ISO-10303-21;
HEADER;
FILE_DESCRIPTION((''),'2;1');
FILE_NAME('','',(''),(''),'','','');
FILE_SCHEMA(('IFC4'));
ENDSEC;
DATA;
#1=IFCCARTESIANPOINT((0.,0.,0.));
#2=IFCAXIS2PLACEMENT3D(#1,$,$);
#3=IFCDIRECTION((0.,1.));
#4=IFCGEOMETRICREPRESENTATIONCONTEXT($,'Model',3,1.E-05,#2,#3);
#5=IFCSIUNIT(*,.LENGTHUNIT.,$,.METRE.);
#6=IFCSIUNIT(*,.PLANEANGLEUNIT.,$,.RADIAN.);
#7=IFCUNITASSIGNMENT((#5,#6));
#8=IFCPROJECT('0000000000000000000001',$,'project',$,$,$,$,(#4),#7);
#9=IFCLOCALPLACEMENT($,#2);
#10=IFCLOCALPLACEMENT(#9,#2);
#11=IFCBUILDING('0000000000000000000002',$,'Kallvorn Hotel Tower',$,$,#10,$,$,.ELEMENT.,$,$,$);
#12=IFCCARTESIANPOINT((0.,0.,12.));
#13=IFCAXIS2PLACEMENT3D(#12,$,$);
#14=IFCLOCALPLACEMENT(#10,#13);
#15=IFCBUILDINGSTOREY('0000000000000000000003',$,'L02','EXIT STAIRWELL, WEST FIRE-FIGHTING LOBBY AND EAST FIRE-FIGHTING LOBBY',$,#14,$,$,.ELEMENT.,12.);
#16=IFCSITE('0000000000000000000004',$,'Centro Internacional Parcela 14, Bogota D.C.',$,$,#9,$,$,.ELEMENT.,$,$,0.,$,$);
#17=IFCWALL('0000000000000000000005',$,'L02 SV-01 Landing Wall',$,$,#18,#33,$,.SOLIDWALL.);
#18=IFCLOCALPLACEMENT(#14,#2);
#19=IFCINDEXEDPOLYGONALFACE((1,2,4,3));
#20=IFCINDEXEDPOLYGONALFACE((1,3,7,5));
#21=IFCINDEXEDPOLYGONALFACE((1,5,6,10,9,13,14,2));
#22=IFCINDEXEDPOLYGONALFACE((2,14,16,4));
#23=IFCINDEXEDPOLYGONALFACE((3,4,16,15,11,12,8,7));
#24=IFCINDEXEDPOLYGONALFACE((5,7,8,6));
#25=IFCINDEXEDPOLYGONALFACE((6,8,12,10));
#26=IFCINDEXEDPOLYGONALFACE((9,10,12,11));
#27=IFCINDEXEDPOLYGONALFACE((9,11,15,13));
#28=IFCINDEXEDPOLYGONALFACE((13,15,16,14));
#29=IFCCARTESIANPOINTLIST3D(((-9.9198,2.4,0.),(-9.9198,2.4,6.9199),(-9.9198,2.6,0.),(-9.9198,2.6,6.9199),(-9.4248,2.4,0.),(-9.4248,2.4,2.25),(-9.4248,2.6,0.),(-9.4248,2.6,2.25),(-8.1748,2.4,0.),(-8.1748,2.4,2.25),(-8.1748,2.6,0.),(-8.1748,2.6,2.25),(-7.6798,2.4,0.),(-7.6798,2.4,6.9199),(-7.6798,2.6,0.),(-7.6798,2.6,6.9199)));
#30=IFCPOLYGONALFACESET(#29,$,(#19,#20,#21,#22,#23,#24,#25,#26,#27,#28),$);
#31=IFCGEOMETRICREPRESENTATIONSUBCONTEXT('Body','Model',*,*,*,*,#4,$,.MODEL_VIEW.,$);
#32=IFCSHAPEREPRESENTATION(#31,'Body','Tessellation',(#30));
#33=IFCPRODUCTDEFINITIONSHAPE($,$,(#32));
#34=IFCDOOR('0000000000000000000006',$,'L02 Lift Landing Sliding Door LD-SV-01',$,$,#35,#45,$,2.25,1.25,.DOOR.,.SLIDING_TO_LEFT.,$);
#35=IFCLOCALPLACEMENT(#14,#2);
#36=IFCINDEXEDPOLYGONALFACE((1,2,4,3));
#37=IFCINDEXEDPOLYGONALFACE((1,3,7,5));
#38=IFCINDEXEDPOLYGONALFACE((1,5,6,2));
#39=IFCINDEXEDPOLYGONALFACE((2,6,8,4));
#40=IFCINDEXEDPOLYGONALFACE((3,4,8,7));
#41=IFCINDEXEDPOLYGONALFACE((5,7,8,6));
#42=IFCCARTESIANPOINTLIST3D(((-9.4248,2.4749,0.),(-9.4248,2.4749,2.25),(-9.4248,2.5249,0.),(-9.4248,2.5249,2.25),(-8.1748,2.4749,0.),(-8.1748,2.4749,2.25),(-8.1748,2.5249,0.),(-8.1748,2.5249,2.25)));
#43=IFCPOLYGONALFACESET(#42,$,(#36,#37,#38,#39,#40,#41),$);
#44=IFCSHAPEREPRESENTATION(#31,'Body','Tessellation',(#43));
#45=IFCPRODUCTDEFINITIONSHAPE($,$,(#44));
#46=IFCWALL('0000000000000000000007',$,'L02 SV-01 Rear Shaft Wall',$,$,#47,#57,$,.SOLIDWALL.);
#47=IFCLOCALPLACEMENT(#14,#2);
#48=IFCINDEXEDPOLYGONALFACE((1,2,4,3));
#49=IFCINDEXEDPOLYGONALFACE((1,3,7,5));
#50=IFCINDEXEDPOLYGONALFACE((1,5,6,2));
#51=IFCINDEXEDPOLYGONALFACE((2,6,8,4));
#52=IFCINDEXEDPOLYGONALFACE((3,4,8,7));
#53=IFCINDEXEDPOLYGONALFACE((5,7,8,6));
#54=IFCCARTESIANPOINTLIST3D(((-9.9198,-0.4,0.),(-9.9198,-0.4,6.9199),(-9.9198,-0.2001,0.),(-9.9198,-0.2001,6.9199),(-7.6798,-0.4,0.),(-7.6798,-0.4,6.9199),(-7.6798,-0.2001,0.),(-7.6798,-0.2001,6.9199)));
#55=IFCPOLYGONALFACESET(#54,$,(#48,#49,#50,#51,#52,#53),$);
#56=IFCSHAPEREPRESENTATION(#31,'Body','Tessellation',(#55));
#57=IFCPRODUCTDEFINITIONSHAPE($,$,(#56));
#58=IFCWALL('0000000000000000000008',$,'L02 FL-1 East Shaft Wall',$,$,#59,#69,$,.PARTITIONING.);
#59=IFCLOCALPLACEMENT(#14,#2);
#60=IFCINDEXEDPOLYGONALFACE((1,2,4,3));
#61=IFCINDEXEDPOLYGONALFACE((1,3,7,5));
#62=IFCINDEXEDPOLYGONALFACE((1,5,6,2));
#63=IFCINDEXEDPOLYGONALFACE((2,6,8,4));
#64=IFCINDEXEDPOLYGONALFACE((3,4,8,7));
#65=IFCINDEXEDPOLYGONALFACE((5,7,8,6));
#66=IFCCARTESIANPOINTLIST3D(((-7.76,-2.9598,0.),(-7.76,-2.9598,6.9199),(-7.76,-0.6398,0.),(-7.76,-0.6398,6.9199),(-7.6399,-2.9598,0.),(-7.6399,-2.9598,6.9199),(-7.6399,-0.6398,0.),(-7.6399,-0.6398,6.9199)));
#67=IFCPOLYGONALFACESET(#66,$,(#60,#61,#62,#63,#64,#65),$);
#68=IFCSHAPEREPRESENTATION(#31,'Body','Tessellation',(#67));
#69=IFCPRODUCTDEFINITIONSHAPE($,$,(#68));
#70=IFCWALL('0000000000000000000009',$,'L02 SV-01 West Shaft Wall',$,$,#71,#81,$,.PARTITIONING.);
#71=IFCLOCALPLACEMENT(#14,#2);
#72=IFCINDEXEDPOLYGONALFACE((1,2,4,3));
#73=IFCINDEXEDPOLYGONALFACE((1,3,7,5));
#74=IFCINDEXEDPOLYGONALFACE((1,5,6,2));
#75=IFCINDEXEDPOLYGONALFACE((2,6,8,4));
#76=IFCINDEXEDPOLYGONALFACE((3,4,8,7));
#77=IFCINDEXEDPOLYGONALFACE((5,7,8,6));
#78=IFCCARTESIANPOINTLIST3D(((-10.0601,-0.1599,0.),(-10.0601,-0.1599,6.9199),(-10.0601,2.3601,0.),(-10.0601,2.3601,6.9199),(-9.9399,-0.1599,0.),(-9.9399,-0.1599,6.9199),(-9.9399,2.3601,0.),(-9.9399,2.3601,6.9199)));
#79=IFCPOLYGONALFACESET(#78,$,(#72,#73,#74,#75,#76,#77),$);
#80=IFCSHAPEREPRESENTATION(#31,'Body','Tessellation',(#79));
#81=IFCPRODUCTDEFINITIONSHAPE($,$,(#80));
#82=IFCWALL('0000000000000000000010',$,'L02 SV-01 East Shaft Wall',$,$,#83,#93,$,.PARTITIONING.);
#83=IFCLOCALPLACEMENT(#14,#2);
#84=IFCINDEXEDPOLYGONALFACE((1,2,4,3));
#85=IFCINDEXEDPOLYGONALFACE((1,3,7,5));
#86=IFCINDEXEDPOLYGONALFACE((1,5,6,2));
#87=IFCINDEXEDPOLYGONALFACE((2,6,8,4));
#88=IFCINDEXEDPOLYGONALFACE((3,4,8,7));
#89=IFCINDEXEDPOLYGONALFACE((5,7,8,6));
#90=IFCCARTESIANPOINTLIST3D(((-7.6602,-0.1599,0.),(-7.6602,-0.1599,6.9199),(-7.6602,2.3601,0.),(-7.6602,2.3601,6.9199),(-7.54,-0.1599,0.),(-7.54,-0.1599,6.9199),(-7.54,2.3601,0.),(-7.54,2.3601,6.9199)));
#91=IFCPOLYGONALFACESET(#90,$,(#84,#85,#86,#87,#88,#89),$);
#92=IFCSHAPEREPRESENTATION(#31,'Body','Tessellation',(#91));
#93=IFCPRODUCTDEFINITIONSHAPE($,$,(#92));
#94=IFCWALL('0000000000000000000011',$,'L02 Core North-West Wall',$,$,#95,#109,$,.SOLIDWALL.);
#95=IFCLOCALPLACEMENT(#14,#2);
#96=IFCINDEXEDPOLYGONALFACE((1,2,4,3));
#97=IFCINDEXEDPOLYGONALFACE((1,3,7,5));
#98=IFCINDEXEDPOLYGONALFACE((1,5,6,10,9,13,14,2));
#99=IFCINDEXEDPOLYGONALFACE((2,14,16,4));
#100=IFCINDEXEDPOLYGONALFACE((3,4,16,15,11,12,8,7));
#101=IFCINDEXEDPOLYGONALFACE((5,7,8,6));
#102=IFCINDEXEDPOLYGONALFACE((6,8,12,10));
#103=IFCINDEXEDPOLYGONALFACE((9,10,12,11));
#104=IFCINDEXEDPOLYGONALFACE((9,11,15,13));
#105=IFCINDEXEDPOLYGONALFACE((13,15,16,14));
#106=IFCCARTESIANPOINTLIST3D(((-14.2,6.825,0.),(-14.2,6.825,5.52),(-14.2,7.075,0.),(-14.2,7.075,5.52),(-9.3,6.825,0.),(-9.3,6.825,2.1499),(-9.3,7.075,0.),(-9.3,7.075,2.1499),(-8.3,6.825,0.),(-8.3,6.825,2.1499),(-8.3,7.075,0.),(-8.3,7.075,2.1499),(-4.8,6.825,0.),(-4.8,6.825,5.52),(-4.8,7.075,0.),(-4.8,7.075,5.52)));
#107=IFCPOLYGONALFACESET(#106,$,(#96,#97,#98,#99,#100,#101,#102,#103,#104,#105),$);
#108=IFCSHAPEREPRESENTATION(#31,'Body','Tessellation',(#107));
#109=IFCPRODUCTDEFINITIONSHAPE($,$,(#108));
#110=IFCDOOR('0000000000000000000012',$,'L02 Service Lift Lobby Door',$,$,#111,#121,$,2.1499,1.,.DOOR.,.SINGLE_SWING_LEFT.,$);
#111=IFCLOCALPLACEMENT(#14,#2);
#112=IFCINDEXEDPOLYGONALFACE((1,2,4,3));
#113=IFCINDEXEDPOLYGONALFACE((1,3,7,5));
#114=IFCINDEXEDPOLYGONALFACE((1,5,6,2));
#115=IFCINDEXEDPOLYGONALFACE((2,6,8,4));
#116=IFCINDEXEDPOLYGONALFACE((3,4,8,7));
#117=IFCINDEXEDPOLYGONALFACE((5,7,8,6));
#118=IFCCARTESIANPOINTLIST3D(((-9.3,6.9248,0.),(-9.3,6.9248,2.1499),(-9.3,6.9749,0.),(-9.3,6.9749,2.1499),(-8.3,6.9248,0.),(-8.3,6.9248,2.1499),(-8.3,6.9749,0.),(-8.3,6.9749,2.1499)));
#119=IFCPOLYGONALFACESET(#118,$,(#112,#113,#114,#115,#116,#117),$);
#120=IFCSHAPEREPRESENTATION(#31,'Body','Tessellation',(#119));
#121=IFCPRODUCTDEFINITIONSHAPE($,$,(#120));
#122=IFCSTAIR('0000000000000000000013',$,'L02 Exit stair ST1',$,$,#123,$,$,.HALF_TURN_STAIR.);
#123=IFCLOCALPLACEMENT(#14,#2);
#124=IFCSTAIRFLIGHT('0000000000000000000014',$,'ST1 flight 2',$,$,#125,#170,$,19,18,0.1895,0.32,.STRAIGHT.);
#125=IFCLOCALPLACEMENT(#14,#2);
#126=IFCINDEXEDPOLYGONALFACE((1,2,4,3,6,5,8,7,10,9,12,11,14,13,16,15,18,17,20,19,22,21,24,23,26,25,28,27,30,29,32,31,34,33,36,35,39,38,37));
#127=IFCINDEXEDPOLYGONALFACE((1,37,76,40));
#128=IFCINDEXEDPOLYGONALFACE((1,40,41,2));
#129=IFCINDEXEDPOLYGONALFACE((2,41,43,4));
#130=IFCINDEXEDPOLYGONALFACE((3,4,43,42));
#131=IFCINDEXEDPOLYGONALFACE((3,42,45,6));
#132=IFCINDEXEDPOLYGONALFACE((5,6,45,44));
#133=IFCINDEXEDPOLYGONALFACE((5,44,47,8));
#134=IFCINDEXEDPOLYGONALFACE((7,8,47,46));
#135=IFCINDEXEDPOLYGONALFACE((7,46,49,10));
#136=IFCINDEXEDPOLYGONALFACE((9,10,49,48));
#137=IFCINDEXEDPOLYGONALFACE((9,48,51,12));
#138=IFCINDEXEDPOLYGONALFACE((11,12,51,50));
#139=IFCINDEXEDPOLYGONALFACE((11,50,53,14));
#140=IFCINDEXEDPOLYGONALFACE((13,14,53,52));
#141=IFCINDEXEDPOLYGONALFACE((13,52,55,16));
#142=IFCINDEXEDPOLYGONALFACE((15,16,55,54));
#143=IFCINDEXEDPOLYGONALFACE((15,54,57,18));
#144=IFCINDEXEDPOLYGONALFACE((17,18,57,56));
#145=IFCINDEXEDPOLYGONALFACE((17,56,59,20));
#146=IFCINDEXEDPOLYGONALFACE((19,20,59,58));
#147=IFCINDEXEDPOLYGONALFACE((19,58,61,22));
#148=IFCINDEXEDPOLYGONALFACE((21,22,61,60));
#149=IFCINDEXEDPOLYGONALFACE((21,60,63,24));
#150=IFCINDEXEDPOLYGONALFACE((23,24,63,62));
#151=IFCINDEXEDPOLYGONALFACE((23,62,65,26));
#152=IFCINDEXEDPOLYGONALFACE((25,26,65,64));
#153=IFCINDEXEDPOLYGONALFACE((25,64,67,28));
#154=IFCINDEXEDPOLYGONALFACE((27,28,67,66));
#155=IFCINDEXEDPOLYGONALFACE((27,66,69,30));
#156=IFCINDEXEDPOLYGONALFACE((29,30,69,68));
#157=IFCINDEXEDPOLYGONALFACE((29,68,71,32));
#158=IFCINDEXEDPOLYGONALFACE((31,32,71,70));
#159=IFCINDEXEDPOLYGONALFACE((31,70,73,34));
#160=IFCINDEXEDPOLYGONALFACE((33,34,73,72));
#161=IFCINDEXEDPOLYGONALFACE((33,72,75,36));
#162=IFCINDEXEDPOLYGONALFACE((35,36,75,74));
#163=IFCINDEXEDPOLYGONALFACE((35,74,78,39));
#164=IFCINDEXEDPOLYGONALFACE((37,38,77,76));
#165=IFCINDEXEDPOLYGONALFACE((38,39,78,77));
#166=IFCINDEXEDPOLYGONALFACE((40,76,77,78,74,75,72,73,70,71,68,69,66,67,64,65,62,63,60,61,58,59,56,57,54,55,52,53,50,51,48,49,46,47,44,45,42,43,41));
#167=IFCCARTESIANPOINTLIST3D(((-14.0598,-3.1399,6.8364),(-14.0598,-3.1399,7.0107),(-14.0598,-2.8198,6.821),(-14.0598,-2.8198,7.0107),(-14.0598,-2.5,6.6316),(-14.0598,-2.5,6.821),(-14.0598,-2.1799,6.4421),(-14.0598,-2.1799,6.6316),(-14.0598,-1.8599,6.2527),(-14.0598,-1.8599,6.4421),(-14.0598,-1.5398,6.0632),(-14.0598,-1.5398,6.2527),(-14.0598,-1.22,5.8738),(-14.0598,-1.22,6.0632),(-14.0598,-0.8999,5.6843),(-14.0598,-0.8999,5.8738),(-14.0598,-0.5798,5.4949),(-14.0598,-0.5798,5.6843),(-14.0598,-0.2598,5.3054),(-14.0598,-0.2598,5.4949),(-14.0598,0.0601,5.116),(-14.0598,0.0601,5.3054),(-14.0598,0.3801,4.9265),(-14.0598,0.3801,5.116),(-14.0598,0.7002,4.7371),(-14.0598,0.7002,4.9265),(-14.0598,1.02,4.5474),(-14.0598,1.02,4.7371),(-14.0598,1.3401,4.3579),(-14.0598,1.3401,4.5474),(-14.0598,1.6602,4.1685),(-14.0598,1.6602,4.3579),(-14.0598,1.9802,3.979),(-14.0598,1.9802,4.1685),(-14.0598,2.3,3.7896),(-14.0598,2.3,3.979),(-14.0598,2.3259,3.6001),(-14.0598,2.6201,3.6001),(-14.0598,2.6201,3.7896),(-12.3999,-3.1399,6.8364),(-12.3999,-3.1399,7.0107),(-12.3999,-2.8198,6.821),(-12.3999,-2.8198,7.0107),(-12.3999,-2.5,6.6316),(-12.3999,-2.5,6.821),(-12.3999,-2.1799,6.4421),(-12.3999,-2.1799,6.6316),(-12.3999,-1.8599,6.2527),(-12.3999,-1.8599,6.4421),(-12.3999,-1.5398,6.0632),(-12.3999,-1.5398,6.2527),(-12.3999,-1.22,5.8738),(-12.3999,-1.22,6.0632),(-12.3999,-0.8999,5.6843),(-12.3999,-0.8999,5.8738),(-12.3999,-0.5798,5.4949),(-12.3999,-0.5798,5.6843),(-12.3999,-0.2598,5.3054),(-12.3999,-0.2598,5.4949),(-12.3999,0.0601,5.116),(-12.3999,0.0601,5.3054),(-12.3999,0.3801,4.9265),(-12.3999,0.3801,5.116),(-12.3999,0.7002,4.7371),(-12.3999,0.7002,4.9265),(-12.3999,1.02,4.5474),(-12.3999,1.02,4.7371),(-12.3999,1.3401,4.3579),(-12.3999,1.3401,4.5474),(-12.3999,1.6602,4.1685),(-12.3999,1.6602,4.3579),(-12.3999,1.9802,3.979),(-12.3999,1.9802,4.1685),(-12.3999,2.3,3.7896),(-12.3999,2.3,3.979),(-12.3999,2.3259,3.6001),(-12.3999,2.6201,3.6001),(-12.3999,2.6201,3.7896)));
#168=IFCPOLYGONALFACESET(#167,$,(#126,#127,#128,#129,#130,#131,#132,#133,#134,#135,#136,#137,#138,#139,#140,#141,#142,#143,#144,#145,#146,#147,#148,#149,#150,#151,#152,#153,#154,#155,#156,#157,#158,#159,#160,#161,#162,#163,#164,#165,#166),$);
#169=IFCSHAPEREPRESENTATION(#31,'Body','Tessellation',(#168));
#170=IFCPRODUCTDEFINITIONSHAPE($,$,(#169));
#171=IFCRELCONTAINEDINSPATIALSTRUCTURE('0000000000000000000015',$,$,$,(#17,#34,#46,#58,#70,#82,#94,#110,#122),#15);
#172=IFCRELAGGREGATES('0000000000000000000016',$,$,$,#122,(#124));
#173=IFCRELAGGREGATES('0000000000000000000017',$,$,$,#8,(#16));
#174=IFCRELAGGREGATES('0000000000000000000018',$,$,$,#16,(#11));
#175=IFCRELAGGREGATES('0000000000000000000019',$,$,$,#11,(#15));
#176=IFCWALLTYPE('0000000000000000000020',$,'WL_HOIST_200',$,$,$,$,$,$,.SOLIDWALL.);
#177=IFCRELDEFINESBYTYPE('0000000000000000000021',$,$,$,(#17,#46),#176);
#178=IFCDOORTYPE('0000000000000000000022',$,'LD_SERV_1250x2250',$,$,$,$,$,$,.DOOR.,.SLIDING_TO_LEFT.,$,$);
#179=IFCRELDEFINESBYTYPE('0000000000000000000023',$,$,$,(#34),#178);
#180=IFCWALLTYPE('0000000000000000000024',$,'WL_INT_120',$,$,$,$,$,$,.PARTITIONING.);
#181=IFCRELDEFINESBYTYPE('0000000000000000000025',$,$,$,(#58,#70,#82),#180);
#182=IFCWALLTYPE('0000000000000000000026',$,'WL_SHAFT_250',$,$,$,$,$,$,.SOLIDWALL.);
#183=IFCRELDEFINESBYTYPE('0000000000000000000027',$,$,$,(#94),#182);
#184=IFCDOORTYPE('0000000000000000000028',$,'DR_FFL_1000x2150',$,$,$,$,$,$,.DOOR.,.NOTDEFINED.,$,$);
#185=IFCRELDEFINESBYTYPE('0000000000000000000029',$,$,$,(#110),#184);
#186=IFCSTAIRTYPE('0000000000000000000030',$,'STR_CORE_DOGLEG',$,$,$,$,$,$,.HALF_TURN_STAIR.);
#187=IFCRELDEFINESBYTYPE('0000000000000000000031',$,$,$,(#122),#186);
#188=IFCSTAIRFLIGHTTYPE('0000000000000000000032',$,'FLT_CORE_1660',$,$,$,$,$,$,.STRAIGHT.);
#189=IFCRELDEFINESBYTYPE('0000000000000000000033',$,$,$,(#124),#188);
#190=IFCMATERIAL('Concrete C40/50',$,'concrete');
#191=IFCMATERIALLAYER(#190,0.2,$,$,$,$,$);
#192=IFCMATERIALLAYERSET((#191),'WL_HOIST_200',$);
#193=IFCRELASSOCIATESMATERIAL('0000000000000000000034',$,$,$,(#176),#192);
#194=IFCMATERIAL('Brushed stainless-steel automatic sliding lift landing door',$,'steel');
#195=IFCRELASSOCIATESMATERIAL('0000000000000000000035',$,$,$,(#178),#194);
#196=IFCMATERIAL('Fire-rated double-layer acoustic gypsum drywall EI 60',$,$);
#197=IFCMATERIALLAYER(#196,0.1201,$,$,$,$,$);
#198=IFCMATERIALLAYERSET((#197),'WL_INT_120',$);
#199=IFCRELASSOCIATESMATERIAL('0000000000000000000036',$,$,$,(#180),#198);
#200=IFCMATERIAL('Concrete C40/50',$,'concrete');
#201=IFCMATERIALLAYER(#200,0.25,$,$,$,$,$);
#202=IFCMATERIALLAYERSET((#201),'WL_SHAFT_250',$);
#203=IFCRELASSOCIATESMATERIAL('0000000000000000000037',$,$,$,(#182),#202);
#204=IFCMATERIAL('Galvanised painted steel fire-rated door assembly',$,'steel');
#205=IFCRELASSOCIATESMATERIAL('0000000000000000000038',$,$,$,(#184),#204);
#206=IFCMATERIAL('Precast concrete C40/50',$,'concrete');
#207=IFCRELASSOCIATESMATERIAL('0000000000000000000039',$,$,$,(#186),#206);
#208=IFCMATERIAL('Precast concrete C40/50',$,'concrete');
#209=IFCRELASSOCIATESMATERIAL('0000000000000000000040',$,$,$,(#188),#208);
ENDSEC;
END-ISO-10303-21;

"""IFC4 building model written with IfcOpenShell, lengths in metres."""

from ifc_helpers import new_model, si_unit, direction, frame, frame_2d, origin, place, context, subcontext, project, spatial, polyline, rectangle, outline, extrude, material, layer, layer_set, type_object, element, fill, aggregate, save


model = new_model("IFC4")

# Units and contexts
model_context = context("Model", 3, precision=1e-05, world=origin(), true_north=direction((0.0, 1.0)))
body_context = subcontext(model_context, "Body", "Model", "MODEL_VIEW")
ifc_project = project(units=[si_unit("LENGTHUNIT", "METRE"), si_unit("PLANEANGLEUNIT", "RADIAN")], contexts=[model_context])

# Site, building, storey
site_placement = place(None, origin())
site = spatial("IfcSite", under=ifc_project, at=site_placement, Name="Centro Internacional Parcela 14, Bogota D.C.", CompositionType="ELEMENT", RefElevation=0.0)
building_placement = place(site_placement, origin())
building = spatial("IfcBuilding", under=site, at=building_placement, Name="Kallvorn Hotel Tower", CompositionType="ELEMENT")
storey_placement = place(building_placement, frame((0.0, 0.0, 12.0)))
storey = spatial("IfcBuildingStorey", under=building, at=storey_placement, Name="L02", Description="EXIT STAIRWELL, WEST FIRE-FIGHTING LOBBY AND EAST FIRE-FIGHTING LOBBY", CompositionType="ELEMENT", Elevation=12.0)

# Shared definitions
ifc_material_1 = material(Name="Concrete C40/50", Category="concrete")
ifc_layer_1 = layer(ifc_material_1, 0.2)
ifc_layer_set_1 = layer_set([ifc_layer_1], Name="WL_HOIST_200")
wall_type_1 = type_object("IfcWallType", Name="WL_HOIST_200", PredefinedType="SOLIDWALL", material=ifc_layer_set_1)

# Wall, opening, door
wall_1_placement = place(storey_placement, frame((-9.9199, 2.5, 0.0), z_axis=(0.0, 0.0, 1.0), x_axis=(1.0, 0.0, 0.0)))
wall_1 = element("IfcWall", 1, at=wall_1_placement, inside=storey, type_object=wall_type_1, Name="L02 SV-01 Landing Wall", PredefinedType="SOLIDWALL", context=body_context, shape_type="SweptSolid", body=[
    extrude(rectangle(XDim=2.24, YDim=0.2, at=frame_2d((1.1201, 0.0))), origin(), (0.0, 0.0, 1.0), 6.9199),
])
opening_1_placement = place(wall_1_placement, frame((0.4951, 0.0, 0.0)))
opening_1 = element("IfcOpeningElement", 2, at=opening_1_placement, cuts=wall_1, PredefinedType="OPENING", context=body_context, shape_type="SweptSolid", body=[
    extrude(rectangle(XDim=1.25, YDim=2.25, at=frame_2d((0.625, 1.125))), frame((0.0, 0.115, 0.0), z_axis=(0.0, -1.0, 0.0), x_axis=(1.0, 0.0, 0.0)), (0.0, 0.0, 1.0), 0.23),
])
ifc_material_2 = material(Name="Brushed stainless-steel automatic sliding lift landing door", Category="steel")
door_type_1 = type_object("IfcDoorType", Name="LD_SERV_1250x2250", OperationType="SLIDING_TO_LEFT", PredefinedType="DOOR", material=ifc_material_2)
door_1_placement = place(opening_1_placement, origin())
door_1 = element("IfcDoor", 3, at=door_1_placement, inside=storey, type_object=door_type_1, Name="L02 Lift Landing Sliding Door LD-SV-01", OperationType="SLIDING_TO_LEFT", OverallHeight=2.25, OverallWidth=1.25, PredefinedType="DOOR", context=body_context, shape_type="SweptSolid", body=[
    extrude(rectangle(XDim=1.25, YDim=2.25, at=frame_2d((0.625, 1.125))), frame((0.0, 0.0249, 0.0), z_axis=(0.0, -1.0, 0.0), x_axis=(1.0, 0.0, 0.0)), (0.0, 0.0, 1.0), 0.05),
])
fill(opening_1, door_1)

# Walls
wall_2_placement = place(storey_placement, frame((-9.9199, -0.3, 0.0), z_axis=(0.0, 0.0, 1.0), x_axis=(1.0, 0.0, 0.0)))
element("IfcWall", 4, at=wall_2_placement, inside=storey, type_object=wall_type_1, Name="L02 SV-01 Rear Shaft Wall", PredefinedType="SOLIDWALL", context=body_context, shape_type="SweptSolid", body=[
    extrude(rectangle(XDim=2.24, YDim=0.2, at=frame_2d((1.1201, 0.0))), origin(), (0.0, 0.0, 1.0), 6.9199),
])
ifc_material_3 = material(Name="Fire-rated double-layer acoustic gypsum drywall EI 60")
ifc_layer_2 = layer(ifc_material_3, 0.1201)
ifc_layer_set_2 = layer_set([ifc_layer_2], Name="WL_INT_120")
wall_type_2 = type_object("IfcWallType", Name="WL_INT_120", PredefinedType="PARTITIONING", material=ifc_layer_set_2)
wall_3_placement = place(storey_placement, frame((-7.7, -2.96, 0.0), z_axis=(0.0, 0.0, 1.0), x_axis=(0.0, 1.0, 0.0)))
element("IfcWall", 5, at=wall_3_placement, inside=storey, type_object=wall_type_2, Name="L02 FL-1 East Shaft Wall", PredefinedType="PARTITIONING", context=body_context, shape_type="SweptSolid", body=[
    extrude(rectangle(XDim=2.3201, YDim=0.1201, at=frame_2d((1.1602, 0.0))), origin(), (0.0, 0.0, 1.0), 6.9199),
])
for number, where, z_axis, x_axis, name in (
    (6, (-10.0, -0.1599, 0.0), (0.0, 0.0, 1.0), (0.0, 1.0, 0.0), "L02 SV-01 West Shaft Wall"),
    (7, (-7.6001, -0.1599, 0.0), (0.0, 0.0, 1.0), (0.0, 1.0, 0.0), "L02 SV-01 East Shaft Wall"),
):
    element("IfcWall", number, at=place(storey_placement, frame(where, z_axis=z_axis, x_axis=x_axis)), inside=storey, type_object=wall_type_2, Name=name, PredefinedType="PARTITIONING", context=body_context, shape_type="SweptSolid", body=[
        extrude(rectangle(XDim=2.52, YDim=0.1201, at=frame_2d((1.26, 0.0))), origin(), (0.0, 0.0, 1.0), 6.9199),
    ])

# Wall, opening, door
ifc_material_4 = material(Name="Concrete C40/50", Category="concrete")
ifc_layer_3 = layer(ifc_material_4, 0.25)
ifc_layer_set_3 = layer_set([ifc_layer_3], Name="WL_SHAFT_250")
wall_type_3 = type_object("IfcWallType", Name="WL_SHAFT_250", PredefinedType="SOLIDWALL", material=ifc_layer_set_3)
wall_4_placement = place(storey_placement, frame((-14.2, 6.95, 0.0), z_axis=(0.0, 0.0, 1.0), x_axis=(1.0, 0.0, 0.0)))
wall_4 = element("IfcWall", 8, at=wall_4_placement, inside=storey, type_object=wall_type_3, Name="L02 Core North-West Wall", PredefinedType="SOLIDWALL", context=body_context, shape_type="SweptSolid", body=[
    extrude(rectangle(XDim=9.3999, YDim=0.25, at=frame_2d((4.7, 0.0))), origin(), (0.0, 0.0, 1.0), 5.52),
])
opening_2_placement = place(wall_4_placement, frame((4.8999, 0.0, 0.0)))
opening_2 = element("IfcOpeningElement", 9, at=opening_2_placement, cuts=wall_4, PredefinedType="OPENING", context=body_context, shape_type="SweptSolid", body=[
    extrude(rectangle(XDim=1.0, YDim=2.1499, at=frame_2d((0.5, 1.075))), frame((0.0, 0.1399, 0.0), z_axis=(0.0, -1.0, 0.0), x_axis=(1.0, 0.0, 0.0)), (0.0, 0.0, 1.0), 0.28),
])
ifc_material_5 = material(Name="Galvanised painted steel fire-rated door assembly", Category="steel")
door_type_2 = type_object("IfcDoorType", Name="DR_FFL_1000x2150", OperationType="NOTDEFINED", PredefinedType="DOOR", material=ifc_material_5)
door_2_placement = place(opening_2_placement, origin())
door_2 = element("IfcDoor", 10, at=door_2_placement, inside=storey, type_object=door_type_2, Name="L02 Service Lift Lobby Door", OperationType="SINGLE_SWING_LEFT", OverallHeight=2.1499, OverallWidth=1.0, PredefinedType="DOOR", context=body_context, shape_type="SweptSolid", body=[
    extrude(rectangle(XDim=1.0, YDim=2.1499, at=frame_2d((0.5, 1.075))), frame((0.0, 0.0249, 0.0), z_axis=(0.0, -1.0, 0.0), x_axis=(1.0, 0.0, 0.0)), (0.0, 0.0, 1.0), 0.05),
])
fill(opening_2, door_2)

# Stair, stair flight
ifc_material_6 = material(Name="Precast concrete C40/50", Category="concrete")
stair_type = type_object("IfcStairType", Name="STR_CORE_DOGLEG", PredefinedType="HALF_TURN_STAIR", material=ifc_material_6)
stair_placement = place(storey_placement, origin())
stair = element("IfcStair", 11, at=stair_placement, inside=storey, type_object=stair_type, Name="L02 Exit stair ST1", PredefinedType="HALF_TURN_STAIR")
ifc_material_7 = material(Name="Precast concrete C40/50", Category="concrete")
stair_flight_type = type_object("IfcStairFlightType", Name="FLT_CORE_1660", PredefinedType="STRAIGHT", material=ifc_material_7)
stair_flight_placement = place(storey_placement, frame((-13.23, 2.6201, 3.6001), z_axis=(0.0, 0.0, 1.0), x_axis=(0.0, -1.0, 0.0)))
stair_flight = element("IfcStairFlight", 12, at=stair_flight_placement, type_object=stair_flight_type, Name="ST1 flight 2", NumberOfRisers=19, NumberOfTreads=18, PredefinedType="STRAIGHT", RiserHeight=0.1895, TreadLength=0.32, context=body_context, shape_type="SweptSolid", body=[
    extrude(outline(polyline([(0.0, 0.0), (0.0, 0.1895), (0.3201, 0.1895), (0.3201, 0.3789), (0.6399, 0.3789), (0.6399, 0.5684), (0.96, 0.5684), (0.96, 0.7578), (1.28, 0.7578), (1.28, 0.9473), (1.6001, 0.9473), (1.6001, 1.137), (1.9199, 1.137), (1.9199, 1.3264), (2.24, 1.3264), (2.24, 1.5159), (2.5601, 1.5159), (2.5601, 1.7053), (2.8799, 1.7053), (2.8799, 1.8948), (3.2, 1.8948), (3.2, 2.0842), (3.52, 2.0842), (3.52, 2.2737), (3.8401, 2.2737), (3.8401, 2.4631), (4.1599, 2.4631), (4.1599, 2.6526), (4.48, 2.6526), (4.48, 2.842), (4.8, 2.842), (4.8, 3.0315), (5.1201, 3.0315), (5.1201, 3.2209), (5.4399, 3.2209), (5.4399, 3.4106), (5.76, 3.4106), (5.76, 3.6001), (5.76, 3.2363), (0.2942, 0.0), (0.0, 0.0)])), frame((0.0, 0.8301, 0.0), z_axis=(0.0, -1.0, 0.0), x_axis=(1.0, 0.0, 0.0)), (0.0, 0.0, 1.0), 1.6599),
])
aggregate(stair, [stair_flight])

save(model, "model.ifc")
